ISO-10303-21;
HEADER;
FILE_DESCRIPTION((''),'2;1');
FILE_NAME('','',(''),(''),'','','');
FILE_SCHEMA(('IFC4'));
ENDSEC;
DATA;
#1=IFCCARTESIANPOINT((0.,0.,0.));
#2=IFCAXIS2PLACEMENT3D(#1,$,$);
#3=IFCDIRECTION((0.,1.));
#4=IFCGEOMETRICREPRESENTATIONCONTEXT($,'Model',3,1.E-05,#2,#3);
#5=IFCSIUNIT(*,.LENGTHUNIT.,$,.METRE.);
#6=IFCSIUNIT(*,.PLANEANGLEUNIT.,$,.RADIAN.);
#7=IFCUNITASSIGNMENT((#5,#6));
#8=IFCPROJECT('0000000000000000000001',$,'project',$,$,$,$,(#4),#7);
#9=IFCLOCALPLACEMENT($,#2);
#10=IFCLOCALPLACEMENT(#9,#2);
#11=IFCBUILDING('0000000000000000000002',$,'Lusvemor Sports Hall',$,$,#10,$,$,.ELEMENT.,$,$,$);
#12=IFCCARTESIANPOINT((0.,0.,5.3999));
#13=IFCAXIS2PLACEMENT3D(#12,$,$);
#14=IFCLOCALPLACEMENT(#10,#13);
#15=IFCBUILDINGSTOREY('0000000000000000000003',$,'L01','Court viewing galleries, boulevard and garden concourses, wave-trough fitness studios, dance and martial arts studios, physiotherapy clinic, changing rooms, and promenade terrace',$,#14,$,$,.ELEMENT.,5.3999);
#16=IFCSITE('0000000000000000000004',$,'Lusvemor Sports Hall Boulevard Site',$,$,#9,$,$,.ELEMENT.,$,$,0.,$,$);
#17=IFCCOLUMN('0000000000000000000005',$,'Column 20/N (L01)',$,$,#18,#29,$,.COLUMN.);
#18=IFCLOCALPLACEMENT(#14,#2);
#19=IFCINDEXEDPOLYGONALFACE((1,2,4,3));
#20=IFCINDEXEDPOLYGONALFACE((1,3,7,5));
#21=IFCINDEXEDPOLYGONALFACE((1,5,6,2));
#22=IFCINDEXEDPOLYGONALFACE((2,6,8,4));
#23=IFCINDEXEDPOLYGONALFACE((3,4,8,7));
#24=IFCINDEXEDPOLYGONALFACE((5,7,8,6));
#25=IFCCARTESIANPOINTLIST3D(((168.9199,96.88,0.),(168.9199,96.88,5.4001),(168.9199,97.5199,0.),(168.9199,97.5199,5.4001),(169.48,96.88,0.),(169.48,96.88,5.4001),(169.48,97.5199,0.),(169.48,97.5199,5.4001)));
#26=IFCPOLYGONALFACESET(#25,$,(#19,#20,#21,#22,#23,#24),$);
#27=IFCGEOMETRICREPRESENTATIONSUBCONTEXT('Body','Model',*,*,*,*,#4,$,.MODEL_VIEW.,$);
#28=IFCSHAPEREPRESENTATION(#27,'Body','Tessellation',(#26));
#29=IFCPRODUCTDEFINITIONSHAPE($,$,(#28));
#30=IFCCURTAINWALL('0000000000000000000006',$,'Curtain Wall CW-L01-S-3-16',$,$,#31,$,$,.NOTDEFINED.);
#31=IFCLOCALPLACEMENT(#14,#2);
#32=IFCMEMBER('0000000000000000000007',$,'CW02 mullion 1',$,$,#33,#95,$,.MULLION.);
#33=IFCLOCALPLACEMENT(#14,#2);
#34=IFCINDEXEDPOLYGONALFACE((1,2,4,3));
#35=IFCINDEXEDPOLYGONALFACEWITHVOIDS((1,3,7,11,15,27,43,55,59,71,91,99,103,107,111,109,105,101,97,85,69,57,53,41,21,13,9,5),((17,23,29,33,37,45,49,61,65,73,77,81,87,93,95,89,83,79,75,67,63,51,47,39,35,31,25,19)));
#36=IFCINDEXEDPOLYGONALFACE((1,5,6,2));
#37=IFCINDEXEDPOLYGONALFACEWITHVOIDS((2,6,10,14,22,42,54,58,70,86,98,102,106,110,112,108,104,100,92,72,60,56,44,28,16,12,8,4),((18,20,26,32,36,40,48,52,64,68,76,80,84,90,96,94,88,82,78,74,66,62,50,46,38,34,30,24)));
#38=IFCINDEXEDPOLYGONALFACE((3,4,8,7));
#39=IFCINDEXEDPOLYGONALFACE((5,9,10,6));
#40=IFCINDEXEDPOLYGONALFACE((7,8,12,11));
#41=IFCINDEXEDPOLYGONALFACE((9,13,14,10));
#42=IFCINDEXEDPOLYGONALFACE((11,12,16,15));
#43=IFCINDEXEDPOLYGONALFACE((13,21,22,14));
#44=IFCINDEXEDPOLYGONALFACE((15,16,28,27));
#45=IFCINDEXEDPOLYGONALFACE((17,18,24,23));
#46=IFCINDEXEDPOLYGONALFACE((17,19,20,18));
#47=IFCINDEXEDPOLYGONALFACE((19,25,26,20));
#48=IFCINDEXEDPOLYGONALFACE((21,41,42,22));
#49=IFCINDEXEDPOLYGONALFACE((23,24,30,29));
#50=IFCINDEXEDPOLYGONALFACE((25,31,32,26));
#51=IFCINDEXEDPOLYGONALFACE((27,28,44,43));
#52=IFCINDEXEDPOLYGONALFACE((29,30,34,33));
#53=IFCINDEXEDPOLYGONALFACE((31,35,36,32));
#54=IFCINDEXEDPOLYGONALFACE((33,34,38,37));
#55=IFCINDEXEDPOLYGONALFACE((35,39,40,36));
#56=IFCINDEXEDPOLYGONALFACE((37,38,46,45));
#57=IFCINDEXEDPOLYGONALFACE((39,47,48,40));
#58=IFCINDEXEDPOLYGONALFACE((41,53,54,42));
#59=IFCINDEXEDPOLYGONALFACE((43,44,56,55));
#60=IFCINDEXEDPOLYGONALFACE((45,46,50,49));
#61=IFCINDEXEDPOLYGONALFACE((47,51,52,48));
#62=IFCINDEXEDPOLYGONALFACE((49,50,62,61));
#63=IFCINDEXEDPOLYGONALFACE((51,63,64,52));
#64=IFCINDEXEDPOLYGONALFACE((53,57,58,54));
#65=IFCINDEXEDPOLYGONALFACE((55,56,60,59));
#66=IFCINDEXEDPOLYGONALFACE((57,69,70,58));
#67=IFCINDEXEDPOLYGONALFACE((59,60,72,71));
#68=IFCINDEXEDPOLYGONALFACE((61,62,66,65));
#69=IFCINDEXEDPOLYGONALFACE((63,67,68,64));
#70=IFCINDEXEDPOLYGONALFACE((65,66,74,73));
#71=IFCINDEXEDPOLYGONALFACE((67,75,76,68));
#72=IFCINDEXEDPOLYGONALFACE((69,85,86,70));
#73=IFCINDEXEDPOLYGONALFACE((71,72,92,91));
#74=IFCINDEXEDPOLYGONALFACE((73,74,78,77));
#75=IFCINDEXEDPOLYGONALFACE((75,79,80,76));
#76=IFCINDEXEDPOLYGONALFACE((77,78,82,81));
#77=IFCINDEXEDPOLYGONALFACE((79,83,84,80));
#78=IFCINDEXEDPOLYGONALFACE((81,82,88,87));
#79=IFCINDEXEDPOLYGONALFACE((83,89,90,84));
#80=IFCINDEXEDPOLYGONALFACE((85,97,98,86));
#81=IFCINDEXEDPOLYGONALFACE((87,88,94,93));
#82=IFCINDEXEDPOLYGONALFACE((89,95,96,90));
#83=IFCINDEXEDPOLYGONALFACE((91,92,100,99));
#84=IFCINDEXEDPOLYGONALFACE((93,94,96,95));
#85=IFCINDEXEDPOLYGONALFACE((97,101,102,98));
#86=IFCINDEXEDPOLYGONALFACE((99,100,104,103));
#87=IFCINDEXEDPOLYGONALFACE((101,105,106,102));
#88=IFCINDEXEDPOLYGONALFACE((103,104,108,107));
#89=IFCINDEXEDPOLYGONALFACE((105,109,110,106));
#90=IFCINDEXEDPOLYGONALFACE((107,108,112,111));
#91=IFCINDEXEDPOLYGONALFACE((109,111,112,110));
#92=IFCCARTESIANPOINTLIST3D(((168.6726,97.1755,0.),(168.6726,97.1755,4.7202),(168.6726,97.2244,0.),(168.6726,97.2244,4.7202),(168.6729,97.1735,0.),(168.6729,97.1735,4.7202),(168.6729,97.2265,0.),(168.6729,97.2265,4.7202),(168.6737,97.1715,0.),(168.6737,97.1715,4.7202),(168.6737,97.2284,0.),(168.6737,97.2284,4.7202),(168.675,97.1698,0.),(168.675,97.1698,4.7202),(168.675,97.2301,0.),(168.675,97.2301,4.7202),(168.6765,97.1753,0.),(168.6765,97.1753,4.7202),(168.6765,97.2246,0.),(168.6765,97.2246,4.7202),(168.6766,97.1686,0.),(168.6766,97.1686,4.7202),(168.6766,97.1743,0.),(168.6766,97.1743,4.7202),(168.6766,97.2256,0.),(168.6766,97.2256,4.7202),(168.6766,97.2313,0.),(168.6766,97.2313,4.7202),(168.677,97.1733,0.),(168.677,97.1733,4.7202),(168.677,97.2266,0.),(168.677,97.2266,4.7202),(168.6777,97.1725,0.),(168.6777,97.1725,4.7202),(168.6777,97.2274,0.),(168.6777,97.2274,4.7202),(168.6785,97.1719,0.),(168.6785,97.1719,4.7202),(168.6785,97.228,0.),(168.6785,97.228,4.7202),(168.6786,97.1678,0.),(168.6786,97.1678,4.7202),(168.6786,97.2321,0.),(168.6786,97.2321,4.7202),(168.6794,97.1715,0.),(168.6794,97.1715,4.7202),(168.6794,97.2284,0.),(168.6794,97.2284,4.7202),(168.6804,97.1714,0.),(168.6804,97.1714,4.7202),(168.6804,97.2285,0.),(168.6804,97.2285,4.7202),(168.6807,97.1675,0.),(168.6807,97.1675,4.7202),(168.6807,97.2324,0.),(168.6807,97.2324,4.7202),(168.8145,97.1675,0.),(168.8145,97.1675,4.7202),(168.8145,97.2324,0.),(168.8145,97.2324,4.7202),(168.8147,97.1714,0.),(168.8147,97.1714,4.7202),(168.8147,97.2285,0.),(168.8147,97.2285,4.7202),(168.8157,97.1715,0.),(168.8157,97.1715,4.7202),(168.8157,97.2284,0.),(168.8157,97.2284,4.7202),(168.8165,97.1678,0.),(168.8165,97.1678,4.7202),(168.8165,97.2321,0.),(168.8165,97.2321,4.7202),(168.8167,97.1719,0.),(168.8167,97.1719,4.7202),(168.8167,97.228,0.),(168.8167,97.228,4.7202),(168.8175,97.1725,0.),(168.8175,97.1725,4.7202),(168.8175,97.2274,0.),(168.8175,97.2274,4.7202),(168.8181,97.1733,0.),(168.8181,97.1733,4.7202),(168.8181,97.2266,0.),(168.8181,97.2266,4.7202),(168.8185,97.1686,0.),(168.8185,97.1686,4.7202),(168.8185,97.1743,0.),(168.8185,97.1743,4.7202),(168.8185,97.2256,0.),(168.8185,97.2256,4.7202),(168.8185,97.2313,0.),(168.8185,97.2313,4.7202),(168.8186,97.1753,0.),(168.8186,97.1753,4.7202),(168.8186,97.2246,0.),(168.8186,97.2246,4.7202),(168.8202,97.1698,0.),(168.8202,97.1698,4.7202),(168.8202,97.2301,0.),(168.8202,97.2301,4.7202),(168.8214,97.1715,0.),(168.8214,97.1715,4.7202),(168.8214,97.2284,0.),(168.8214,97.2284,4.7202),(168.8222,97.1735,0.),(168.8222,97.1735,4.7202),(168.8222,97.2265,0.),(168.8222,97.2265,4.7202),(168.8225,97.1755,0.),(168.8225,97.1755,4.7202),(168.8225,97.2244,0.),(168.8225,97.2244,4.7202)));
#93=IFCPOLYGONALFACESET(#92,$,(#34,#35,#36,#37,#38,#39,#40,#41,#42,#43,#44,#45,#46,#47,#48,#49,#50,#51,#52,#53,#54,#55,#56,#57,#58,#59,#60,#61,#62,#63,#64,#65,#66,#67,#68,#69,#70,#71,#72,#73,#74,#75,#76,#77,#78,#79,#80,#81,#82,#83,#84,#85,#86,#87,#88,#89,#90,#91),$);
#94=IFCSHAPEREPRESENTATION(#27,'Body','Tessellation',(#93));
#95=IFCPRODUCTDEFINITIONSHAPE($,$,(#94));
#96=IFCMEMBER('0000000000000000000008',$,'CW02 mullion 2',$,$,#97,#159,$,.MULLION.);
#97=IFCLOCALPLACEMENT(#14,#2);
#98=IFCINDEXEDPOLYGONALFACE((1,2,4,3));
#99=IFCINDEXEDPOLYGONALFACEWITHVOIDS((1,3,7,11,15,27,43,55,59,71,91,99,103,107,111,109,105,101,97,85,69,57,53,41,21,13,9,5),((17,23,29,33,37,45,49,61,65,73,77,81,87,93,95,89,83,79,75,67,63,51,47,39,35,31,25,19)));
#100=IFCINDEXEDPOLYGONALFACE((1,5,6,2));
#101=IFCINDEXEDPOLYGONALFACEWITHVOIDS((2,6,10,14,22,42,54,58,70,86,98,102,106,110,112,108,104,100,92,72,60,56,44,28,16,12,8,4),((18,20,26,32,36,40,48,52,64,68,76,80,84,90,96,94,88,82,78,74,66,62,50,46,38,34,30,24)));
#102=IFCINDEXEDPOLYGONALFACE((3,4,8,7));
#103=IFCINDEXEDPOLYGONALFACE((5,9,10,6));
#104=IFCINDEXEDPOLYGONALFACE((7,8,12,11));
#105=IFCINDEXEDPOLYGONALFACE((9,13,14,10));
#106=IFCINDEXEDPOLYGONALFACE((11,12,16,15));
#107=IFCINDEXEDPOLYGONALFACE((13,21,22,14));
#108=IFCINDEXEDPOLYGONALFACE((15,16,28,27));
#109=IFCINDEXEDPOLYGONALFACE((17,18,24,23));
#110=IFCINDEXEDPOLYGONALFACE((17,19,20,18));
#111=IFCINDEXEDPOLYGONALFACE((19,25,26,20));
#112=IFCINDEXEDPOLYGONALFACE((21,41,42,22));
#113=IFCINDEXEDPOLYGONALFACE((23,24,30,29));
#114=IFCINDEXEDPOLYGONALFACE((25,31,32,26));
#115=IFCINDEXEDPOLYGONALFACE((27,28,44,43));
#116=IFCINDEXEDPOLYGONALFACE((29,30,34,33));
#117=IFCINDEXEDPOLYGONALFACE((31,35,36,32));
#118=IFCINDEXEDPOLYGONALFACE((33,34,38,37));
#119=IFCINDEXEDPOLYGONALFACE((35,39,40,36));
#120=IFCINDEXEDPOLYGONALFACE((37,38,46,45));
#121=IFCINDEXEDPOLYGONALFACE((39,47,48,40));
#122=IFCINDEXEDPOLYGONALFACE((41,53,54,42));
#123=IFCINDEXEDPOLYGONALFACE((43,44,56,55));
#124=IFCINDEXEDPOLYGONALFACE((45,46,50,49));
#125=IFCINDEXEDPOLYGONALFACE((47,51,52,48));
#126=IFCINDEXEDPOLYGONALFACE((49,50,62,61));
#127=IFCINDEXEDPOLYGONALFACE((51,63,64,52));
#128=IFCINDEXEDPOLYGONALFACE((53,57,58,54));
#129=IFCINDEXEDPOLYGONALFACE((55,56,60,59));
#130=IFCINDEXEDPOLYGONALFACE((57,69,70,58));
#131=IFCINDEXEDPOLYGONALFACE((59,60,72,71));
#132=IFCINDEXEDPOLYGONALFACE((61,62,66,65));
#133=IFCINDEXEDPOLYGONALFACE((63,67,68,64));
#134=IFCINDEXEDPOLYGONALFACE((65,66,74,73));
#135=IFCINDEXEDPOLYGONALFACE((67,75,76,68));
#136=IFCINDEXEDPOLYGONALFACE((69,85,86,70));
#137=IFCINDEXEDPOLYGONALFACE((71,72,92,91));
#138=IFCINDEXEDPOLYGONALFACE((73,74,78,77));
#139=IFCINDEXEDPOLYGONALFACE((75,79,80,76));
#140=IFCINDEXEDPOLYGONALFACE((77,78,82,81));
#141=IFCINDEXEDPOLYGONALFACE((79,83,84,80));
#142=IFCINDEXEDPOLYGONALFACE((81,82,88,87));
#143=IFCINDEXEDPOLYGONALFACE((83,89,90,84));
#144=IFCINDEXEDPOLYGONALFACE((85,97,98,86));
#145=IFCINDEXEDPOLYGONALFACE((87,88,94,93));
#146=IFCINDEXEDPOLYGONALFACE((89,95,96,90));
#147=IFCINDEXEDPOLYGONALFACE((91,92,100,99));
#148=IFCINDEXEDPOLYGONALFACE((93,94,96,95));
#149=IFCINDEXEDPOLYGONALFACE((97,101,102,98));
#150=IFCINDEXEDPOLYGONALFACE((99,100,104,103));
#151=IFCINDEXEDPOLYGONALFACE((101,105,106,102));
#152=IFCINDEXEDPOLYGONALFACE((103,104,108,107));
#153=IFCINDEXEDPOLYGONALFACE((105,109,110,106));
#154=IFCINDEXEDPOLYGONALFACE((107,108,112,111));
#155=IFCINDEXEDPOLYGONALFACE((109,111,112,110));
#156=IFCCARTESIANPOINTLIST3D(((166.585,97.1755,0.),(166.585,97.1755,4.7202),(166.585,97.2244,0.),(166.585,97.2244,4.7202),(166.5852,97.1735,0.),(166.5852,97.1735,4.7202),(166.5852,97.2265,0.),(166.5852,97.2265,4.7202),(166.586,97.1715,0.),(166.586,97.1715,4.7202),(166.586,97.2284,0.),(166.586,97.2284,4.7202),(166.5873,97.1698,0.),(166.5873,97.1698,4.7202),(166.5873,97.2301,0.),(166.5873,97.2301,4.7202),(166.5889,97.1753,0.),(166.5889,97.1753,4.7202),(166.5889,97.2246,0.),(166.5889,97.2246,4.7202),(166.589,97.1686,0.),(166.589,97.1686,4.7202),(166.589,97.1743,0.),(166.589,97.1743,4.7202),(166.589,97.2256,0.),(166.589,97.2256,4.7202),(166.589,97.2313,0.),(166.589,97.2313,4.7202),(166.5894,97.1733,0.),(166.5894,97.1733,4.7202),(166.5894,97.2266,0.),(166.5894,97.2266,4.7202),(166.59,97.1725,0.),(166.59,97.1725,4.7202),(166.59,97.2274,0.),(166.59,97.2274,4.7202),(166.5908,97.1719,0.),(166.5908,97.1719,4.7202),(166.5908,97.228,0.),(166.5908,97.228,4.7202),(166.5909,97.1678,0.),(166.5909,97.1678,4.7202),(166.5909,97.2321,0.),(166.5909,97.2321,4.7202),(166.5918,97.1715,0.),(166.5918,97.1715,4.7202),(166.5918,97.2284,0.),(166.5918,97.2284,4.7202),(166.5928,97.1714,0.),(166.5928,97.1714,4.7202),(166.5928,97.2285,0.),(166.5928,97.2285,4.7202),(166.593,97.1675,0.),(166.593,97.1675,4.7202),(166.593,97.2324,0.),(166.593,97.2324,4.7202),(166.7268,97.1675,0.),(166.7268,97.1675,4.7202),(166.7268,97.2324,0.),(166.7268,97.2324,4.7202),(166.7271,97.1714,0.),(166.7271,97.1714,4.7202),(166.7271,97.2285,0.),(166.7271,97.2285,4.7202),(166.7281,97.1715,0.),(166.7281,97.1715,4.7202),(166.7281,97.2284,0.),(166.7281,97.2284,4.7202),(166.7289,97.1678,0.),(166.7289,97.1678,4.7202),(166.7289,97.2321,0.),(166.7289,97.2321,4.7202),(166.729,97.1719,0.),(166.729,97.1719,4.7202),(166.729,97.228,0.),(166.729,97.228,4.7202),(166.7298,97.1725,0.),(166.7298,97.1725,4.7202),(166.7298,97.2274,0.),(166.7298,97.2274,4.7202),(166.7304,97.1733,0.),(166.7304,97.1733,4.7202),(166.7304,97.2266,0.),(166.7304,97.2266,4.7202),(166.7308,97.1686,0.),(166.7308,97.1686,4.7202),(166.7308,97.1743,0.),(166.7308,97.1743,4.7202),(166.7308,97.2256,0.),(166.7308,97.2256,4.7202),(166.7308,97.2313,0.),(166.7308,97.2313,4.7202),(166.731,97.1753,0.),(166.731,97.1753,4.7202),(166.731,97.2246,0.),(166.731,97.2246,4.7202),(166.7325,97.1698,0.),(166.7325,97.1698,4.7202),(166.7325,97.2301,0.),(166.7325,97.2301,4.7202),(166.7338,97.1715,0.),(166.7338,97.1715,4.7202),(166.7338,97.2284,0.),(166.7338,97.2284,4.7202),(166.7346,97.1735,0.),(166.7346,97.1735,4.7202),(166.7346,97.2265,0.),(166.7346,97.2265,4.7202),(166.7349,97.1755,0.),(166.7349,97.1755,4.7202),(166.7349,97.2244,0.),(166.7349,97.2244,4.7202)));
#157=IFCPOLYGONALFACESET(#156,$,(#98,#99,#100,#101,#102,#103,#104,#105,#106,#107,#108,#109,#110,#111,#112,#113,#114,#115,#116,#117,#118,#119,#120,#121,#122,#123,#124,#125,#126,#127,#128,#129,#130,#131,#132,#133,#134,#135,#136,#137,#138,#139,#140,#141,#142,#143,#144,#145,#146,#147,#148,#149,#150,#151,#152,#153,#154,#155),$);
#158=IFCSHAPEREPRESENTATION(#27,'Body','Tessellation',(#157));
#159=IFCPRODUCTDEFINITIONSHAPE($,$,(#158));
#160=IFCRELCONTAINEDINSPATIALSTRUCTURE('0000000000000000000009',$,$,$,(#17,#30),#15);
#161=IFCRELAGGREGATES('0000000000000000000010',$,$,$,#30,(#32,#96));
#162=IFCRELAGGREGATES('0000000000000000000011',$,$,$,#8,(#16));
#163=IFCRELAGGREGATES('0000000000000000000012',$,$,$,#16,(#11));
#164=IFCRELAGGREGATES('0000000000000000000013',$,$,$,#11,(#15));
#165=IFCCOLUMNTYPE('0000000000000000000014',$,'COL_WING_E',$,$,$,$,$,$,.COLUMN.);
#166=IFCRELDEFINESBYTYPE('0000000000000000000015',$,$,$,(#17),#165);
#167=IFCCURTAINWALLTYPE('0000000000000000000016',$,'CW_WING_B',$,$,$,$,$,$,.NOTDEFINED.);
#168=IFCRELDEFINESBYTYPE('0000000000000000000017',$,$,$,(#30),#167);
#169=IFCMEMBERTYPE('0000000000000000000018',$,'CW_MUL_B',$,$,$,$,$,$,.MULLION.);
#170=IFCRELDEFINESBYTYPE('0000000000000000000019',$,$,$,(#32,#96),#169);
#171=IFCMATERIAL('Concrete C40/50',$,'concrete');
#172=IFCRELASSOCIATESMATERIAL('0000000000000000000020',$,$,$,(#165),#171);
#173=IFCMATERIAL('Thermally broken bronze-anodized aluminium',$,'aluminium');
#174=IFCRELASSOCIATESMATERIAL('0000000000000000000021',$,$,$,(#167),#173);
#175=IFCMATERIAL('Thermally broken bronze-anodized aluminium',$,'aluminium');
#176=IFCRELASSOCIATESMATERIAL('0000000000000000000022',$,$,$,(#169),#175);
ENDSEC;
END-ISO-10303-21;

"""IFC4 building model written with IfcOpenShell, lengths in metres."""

from ifc_helpers import new_model, si_unit, direction, frame, origin, origin_2d, place, context, subcontext, project, spatial, rectangle, hollow_rectangle, extrude, material, material_profile, profile_set, type_object, element, aggregate, save


model = new_model("IFC4")

# Units and contexts
model_context = context("Model", 3, precision=1e-05, world=origin(), true_north=direction((0.0, 1.0)))
body_context = subcontext(model_context, "Body", "Model", "MODEL_VIEW")
ifc_project = project(units=[si_unit("LENGTHUNIT", "METRE"), si_unit("PLANEANGLEUNIT", "RADIAN")], contexts=[model_context])

# Site, building, storey
site_placement = place(None, origin())
site = spatial("IfcSite", under=ifc_project, at=site_placement, Name="Lusvemor Sports Hall Boulevard Site", CompositionType="ELEMENT", RefElevation=0.0)
building_placement = place(site_placement, origin())
building = spatial("IfcBuilding", under=site, at=building_placement, Name="Lusvemor Sports Hall", CompositionType="ELEMENT")
storey_placement = place(building_placement, frame((0.0, 0.0, 5.3999)))
storey = spatial("IfcBuildingStorey", under=building, at=storey_placement, Name="L01", Description="Court viewing galleries, boulevard and garden concourses, wave-trough fitness studios, dance and martial arts studios, physiotherapy clinic, changing rooms, and promenade terrace", CompositionType="ELEMENT", Elevation=5.3999)

# Column
ifc_material_1 = material(Name="Concrete C40/50", Category="concrete")
ifc_material_profile_1 = material_profile(ifc_material_1, rectangle(XDim=0.5601, YDim=0.6399, at=origin_2d()), Name="RC560x640")
ifc_profile_set_1 = profile_set([ifc_material_profile_1], Name="Concrete C40/50")
column_type = type_object("IfcColumnType", Name="COL_WING_E", PredefinedType="COLUMN", material=ifc_profile_set_1)
column_placement = place(storey_placement, frame((169.2, 97.2, 0.0), z_axis=(0.0, 0.0, 1.0), x_axis=(1.0, 0.0, 0.0)))
element("IfcColumn", 1, at=column_placement, inside=storey, type_object=column_type, Name="Column 20/N (L01)", PredefinedType="COLUMN", context=body_context, shape_type="SweptSolid", body=[
    extrude(rectangle(XDim=0.5601, YDim=0.6399, at=origin_2d()), origin(), (0.0, 0.0, 1.0), 5.4001),
])

# Curtain wall, members
ifc_material_2 = material(Name="Thermally broken bronze-anodized aluminium", Category="aluminium")
curtain_wall_type = type_object("IfcCurtainWallType", Name="CW_WING_B", PredefinedType="NOTDEFINED", material=ifc_material_2)
curtain_wall_placement = place(storey_placement, origin())
curtain_wall = element("IfcCurtainWall", 2, at=curtain_wall_placement, inside=storey, type_object=curtain_wall_type, Name="Curtain Wall CW-L01-S-3-16", PredefinedType="NOTDEFINED")
ifc_material_3 = material(Name="Thermally broken bronze-anodized aluminium", Category="aluminium")
ifc_material_profile_2 = material_profile(ifc_material_3, hollow_rectangle(XDim=0.0649, YDim=0.1499, WallThickness=0.0039, InnerFilletRadius=0.0039, OuterFilletRadius=0.0081, at=origin_2d()), Name="CWMUL150x65x4")
ifc_profile_set_2 = profile_set([ifc_material_profile_2], Name="Thermally broken bronze-anodized aluminium")
member_type_1 = type_object("IfcMemberType", Name="CW_MUL_B", PredefinedType="MULLION", material=ifc_profile_set_2)
member_1_placement = place(storey_placement, frame((168.7476, 97.2, 0.0), z_axis=(0.0, 0.0, 1.0), x_axis=(0.0, -1.0, 0.0)))
member_1 = element("IfcMember", 3, at=member_1_placement, type_object=member_type_1, Name="CW02 mullion 1", PredefinedType="MULLION", context=body_context, shape_type="SweptSolid", body=[
    extrude(hollow_rectangle(XDim=0.0649, YDim=0.1499, WallThickness=0.0039, InnerFilletRadius=0.0039, OuterFilletRadius=0.0081, at=origin_2d()), origin(), (0.0, 0.0, 1.0), 4.7202),
])
member_2_placement = place(storey_placement, frame((166.6599, 97.2, 0.0), z_axis=(0.0, 0.0, 1.0), x_axis=(0.0, -1.0, 0.0)))
member_2 = element("IfcMember", 4, at=member_2_placement, type_object=member_type_1, Name="CW02 mullion 2", PredefinedType="MULLION", context=body_context, shape_type="SweptSolid", body=[
    extrude(hollow_rectangle(XDim=0.0649, YDim=0.1499, WallThickness=0.0039, InnerFilletRadius=0.0039, OuterFilletRadius=0.0081, at=origin_2d()), origin(), (0.0, 0.0, 1.0), 4.7202),
])

aggregate(curtain_wall, [member_1, member_2])

save(model, "model.ifc")
